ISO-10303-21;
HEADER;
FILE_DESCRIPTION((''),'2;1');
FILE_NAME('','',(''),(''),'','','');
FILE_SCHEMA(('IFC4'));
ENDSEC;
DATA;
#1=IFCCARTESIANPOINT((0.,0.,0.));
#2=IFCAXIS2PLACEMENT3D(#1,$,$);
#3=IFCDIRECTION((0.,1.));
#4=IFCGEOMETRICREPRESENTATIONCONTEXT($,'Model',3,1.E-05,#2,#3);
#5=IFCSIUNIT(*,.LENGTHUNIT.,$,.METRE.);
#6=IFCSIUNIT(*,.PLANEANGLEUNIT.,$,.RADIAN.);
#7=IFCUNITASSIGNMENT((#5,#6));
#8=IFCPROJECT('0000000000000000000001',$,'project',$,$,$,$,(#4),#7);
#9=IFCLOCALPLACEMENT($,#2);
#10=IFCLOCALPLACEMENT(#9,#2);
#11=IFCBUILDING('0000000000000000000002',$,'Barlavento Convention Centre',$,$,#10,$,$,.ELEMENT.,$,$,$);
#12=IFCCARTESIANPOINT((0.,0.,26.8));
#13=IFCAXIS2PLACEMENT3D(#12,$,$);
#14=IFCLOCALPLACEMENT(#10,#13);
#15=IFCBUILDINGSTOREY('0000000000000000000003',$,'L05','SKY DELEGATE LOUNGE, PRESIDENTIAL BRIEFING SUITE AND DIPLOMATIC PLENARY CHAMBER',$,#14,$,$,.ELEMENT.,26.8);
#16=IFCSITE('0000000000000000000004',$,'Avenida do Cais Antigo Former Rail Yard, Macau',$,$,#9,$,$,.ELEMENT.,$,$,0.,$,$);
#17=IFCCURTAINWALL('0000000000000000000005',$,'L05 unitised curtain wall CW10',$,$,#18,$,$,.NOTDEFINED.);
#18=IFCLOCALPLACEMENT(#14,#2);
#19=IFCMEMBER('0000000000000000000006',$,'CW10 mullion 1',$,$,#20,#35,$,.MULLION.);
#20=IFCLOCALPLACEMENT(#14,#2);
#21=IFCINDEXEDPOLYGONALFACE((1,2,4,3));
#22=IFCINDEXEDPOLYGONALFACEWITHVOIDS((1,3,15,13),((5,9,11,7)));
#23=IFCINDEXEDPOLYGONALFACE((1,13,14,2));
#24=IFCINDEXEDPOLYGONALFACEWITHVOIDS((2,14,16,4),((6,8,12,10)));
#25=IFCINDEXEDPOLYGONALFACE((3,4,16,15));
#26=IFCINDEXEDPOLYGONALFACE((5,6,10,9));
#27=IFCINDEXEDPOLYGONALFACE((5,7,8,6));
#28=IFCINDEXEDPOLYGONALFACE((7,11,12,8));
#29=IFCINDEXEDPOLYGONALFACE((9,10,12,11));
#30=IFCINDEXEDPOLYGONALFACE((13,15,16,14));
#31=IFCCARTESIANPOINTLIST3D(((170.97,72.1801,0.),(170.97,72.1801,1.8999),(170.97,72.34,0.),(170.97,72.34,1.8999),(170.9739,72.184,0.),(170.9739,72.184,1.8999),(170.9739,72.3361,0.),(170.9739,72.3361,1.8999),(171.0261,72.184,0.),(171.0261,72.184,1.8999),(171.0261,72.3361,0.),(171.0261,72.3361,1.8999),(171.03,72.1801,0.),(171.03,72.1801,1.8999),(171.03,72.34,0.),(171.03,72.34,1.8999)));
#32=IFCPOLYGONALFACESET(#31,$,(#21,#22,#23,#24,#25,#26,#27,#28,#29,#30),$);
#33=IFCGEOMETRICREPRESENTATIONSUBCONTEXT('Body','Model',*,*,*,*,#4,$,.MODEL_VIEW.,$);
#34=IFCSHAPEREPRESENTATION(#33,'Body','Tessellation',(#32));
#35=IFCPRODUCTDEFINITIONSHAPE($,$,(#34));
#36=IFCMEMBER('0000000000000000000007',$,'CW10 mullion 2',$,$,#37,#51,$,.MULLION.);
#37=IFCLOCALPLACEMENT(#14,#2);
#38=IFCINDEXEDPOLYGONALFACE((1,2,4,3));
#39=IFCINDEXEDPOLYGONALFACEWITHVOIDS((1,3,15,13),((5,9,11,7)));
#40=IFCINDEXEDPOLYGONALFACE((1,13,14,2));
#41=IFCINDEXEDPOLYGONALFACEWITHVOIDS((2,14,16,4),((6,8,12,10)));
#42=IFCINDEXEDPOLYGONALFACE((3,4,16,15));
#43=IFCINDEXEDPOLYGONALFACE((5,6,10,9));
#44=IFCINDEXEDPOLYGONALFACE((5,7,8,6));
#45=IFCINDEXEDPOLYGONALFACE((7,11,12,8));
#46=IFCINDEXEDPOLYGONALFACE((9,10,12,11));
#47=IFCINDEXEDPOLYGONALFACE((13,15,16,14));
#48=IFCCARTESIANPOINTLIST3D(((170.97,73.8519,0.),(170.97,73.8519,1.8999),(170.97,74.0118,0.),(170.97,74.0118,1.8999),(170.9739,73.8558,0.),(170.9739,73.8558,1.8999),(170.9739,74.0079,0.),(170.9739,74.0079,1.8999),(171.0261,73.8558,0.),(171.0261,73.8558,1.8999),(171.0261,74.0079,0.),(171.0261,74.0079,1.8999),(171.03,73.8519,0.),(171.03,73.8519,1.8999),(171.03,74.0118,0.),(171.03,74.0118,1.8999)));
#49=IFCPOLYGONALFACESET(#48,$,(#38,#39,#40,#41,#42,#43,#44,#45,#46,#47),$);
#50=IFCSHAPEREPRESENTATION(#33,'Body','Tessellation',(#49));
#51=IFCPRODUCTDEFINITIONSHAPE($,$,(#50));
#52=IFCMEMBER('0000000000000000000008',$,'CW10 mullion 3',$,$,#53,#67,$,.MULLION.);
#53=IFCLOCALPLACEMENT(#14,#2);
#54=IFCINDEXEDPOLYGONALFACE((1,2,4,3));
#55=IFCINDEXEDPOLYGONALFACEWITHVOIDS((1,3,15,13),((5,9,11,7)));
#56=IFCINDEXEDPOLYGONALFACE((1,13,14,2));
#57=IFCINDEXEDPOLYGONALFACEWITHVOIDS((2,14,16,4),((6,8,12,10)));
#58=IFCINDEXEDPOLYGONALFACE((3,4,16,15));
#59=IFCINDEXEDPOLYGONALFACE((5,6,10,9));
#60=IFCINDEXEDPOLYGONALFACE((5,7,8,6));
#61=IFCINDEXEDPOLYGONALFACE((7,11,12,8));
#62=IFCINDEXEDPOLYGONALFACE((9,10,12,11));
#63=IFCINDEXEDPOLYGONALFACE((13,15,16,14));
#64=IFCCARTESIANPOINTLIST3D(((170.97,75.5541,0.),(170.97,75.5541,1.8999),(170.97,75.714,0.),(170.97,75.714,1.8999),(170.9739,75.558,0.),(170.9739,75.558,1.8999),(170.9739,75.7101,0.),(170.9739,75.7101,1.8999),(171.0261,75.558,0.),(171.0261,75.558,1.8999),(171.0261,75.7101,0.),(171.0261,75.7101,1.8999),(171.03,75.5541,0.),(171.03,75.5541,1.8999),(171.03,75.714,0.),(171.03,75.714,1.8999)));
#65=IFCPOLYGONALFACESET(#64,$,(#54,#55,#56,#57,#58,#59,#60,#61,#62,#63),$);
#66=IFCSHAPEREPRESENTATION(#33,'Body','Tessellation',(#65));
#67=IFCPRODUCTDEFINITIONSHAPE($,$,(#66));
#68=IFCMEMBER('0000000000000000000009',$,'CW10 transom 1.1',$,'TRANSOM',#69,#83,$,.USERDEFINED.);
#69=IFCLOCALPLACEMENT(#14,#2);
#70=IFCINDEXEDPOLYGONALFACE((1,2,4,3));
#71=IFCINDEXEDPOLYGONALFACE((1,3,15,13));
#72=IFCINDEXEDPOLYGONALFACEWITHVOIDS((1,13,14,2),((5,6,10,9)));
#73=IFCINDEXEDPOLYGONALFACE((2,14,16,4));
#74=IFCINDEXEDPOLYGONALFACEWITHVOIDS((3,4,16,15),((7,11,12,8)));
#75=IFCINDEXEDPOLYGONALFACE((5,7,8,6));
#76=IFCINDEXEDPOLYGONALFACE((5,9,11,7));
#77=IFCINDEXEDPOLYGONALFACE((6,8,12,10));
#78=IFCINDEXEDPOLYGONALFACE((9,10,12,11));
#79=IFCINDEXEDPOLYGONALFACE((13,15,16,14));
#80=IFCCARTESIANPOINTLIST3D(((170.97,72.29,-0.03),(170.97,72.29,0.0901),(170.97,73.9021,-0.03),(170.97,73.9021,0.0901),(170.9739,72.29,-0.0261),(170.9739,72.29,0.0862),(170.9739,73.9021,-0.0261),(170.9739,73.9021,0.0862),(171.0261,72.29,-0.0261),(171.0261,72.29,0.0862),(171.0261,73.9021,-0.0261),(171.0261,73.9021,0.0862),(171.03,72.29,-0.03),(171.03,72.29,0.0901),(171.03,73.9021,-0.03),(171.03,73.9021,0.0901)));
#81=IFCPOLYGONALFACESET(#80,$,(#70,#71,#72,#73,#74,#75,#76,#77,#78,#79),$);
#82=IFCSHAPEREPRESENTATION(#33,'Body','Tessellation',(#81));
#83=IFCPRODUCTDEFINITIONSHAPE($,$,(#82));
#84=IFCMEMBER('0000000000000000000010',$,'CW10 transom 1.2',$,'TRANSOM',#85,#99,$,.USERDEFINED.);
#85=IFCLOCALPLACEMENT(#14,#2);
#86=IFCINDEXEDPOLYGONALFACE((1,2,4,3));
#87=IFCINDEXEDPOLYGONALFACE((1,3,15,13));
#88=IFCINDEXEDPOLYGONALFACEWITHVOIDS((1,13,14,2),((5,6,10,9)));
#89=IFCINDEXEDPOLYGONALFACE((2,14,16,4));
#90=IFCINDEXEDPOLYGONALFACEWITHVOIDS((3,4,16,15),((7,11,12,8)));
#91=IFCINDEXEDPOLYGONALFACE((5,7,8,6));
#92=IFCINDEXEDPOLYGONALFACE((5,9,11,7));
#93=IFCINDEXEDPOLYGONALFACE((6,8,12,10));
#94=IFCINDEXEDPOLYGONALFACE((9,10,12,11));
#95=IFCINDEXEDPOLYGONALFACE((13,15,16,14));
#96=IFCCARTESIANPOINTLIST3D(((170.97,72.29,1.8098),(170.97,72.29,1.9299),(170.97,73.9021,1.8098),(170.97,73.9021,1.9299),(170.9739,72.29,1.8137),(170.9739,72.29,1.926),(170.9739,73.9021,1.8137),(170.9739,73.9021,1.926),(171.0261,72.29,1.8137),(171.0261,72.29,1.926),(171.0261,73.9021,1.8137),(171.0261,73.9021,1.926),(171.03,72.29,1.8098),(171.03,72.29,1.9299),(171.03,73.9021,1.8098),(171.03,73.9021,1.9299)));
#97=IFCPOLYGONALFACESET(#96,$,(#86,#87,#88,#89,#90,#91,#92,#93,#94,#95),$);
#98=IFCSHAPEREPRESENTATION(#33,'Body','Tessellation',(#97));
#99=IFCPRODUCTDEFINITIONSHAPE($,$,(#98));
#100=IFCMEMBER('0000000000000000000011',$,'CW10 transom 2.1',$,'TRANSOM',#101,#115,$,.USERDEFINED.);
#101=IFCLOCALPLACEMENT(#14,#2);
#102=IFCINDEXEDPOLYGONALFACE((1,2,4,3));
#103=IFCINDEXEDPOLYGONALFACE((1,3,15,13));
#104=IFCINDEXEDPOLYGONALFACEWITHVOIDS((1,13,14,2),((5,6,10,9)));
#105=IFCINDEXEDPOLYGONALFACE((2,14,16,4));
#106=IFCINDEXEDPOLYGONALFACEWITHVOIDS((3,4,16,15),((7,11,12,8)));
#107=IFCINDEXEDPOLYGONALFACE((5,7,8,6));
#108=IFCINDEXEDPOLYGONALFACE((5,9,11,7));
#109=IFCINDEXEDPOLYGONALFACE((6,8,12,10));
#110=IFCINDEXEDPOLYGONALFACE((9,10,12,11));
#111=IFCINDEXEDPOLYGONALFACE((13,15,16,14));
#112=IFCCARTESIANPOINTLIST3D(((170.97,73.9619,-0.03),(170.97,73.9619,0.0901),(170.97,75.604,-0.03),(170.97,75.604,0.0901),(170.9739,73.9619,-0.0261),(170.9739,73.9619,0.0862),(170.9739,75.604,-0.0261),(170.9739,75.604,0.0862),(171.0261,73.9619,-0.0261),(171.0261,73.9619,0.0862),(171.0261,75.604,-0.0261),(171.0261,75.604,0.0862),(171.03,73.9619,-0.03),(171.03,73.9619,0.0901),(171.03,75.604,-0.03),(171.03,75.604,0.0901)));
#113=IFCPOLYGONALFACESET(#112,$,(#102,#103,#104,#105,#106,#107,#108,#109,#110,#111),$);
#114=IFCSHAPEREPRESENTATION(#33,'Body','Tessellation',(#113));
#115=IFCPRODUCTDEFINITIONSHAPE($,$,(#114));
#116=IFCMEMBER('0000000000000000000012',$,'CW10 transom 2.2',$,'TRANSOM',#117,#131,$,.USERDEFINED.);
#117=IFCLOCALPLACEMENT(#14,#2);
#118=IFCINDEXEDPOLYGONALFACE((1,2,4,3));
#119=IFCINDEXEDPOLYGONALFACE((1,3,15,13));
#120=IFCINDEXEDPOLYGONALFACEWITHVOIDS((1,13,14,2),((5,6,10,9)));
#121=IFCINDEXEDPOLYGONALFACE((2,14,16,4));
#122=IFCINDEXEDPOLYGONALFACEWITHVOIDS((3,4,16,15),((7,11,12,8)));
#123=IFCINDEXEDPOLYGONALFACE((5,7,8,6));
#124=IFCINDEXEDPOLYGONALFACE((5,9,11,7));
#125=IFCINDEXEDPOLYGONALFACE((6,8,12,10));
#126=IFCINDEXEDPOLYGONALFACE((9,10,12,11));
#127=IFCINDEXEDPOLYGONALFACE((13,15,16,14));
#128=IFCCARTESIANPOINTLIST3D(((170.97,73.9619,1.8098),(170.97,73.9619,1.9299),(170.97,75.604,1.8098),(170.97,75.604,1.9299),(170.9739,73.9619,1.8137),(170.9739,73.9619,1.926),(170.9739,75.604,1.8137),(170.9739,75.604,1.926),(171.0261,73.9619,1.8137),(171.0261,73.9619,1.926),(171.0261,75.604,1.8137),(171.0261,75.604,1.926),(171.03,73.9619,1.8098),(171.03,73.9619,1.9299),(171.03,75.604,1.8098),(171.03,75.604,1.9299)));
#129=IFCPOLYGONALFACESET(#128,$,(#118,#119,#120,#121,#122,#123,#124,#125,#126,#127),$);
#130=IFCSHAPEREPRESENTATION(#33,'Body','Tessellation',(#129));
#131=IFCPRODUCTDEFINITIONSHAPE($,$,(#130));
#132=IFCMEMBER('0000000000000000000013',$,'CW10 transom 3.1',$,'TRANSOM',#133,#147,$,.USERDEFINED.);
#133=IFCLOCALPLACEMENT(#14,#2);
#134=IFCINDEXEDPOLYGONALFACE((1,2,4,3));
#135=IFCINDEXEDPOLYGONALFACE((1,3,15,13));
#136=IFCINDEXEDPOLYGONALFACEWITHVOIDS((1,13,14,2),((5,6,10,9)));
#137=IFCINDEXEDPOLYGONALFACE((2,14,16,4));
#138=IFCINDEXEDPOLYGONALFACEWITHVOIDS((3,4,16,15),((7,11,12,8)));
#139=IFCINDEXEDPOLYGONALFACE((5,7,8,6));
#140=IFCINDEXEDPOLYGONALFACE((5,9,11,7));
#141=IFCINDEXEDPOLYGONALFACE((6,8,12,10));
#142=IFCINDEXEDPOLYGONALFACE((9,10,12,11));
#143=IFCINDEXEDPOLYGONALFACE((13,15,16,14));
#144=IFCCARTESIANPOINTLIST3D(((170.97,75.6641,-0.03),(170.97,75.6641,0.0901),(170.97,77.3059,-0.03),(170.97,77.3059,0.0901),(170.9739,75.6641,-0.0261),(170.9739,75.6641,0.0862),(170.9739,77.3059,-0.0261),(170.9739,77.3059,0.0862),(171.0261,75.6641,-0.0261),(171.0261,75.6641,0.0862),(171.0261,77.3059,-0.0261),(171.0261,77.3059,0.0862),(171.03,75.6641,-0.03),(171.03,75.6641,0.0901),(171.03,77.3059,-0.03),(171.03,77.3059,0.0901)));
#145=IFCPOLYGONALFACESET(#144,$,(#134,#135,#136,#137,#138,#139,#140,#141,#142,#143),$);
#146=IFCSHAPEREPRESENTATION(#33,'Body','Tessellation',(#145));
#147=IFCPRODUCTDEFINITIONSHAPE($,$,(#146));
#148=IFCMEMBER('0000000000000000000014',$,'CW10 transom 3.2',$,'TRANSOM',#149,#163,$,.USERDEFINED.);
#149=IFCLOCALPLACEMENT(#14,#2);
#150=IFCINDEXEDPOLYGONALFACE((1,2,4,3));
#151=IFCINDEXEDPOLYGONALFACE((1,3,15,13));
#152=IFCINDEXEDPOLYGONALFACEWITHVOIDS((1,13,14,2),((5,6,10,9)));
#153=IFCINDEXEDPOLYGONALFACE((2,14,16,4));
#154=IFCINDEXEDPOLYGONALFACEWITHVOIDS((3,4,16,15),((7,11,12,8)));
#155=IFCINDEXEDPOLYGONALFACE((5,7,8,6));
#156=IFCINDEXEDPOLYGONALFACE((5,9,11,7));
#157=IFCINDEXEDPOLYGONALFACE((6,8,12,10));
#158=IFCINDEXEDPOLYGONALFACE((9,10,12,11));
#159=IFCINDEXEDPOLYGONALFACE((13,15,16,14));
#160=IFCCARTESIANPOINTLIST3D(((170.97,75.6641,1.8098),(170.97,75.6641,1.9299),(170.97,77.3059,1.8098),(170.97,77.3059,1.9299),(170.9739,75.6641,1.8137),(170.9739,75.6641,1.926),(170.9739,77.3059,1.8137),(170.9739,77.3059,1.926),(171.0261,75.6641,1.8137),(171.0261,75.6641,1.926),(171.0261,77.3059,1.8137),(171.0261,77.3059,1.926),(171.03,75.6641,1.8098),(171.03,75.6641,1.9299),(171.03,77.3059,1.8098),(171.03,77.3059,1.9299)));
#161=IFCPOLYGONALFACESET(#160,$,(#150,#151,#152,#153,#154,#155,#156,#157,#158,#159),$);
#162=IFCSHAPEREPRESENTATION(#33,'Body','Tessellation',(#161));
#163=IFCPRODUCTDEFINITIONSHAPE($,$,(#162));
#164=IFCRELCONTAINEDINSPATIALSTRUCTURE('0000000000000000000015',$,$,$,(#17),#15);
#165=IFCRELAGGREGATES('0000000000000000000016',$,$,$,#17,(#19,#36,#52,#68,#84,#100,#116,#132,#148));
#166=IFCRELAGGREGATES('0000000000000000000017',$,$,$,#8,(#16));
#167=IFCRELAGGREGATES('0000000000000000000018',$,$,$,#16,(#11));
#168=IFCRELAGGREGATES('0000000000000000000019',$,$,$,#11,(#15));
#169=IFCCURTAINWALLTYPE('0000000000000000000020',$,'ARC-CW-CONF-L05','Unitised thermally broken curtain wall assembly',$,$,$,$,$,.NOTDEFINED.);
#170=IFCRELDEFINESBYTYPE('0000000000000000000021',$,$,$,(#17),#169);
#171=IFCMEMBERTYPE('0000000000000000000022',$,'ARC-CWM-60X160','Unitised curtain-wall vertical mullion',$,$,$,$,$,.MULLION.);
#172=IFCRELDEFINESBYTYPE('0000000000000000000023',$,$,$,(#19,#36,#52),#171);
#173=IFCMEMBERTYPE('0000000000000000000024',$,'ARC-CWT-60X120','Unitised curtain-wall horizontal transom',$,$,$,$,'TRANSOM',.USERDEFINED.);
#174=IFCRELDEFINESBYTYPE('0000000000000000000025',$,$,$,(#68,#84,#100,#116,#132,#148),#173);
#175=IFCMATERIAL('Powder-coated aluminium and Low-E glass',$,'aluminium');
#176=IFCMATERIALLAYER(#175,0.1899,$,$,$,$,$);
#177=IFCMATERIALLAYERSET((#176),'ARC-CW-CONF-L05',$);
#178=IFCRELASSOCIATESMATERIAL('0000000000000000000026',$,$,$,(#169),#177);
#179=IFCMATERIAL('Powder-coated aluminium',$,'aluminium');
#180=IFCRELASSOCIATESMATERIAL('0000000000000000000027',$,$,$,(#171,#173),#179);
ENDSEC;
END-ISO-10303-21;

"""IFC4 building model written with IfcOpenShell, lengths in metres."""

from ifc_helpers import new_model, si_unit, direction, frame, origin, origin_2d, place, context, subcontext, project, spatial, hollow_rectangle, extrude, material, layer, layer_set, material_profile, profile_set, type_object, element, aggregate, save


model = new_model("IFC4")

# Units and contexts
model_context = context("Model", 3, precision=1e-05, world=origin(), true_north=direction((0.0, 1.0)))
body_context = subcontext(model_context, "Body", "Model", "MODEL_VIEW")
ifc_project = project(units=[si_unit("LENGTHUNIT", "METRE"), si_unit("PLANEANGLEUNIT", "RADIAN")], contexts=[model_context])

# Site, building, storey
site_placement = place(None, origin())
site = spatial("IfcSite", under=ifc_project, at=site_placement, Name="Avenida do Cais Antigo Former Rail Yard, Macau", CompositionType="ELEMENT", RefElevation=0.0)
building_placement = place(site_placement, origin())
building = spatial("IfcBuilding", under=site, at=building_placement, Name="Barlavento Convention Centre", CompositionType="ELEMENT")
storey_placement = place(building_placement, frame((0.0, 0.0, 26.8)))
storey = spatial("IfcBuildingStorey", under=building, at=storey_placement, Name="L05", Description="SKY DELEGATE LOUNGE, PRESIDENTIAL BRIEFING SUITE AND DIPLOMATIC PLENARY CHAMBER", CompositionType="ELEMENT", Elevation=26.8)

# Curtain wall, members
ifc_material_1 = material(Name="Powder-coated aluminium and Low-E glass", Category="aluminium")
ifc_layer_1 = layer(ifc_material_1, 0.1899)
ifc_layer_set_1 = layer_set([ifc_layer_1], Name="ARC-CW-CONF-L05")
curtain_wall_type = type_object("IfcCurtainWallType", Name="ARC-CW-CONF-L05", Description="Unitised thermally broken curtain wall assembly", PredefinedType="NOTDEFINED", material=ifc_layer_set_1)
curtain_wall_placement = place(storey_placement, origin())
curtain_wall = element("IfcCurtainWall", 1, at=curtain_wall_placement, inside=storey, type_object=curtain_wall_type, Name="L05 unitised curtain wall CW10", PredefinedType="NOTDEFINED")
ifc_material_2 = material(Name="Powder-coated aluminium", Category="aluminium")
ifc_material_profile_1 = material_profile(ifc_material_2, hollow_rectangle(XDim=0.0601, YDim=0.1599, WallThickness=0.0039, at=origin_2d()), Name="AL-MULL 60x160x4")
ifc_profile_set_1 = profile_set([ifc_material_profile_1], Name="Powder-coated aluminium")
member_type_1 = type_object("IfcMemberType", Name="ARC-CWM-60X160", Description="Unitised curtain-wall vertical mullion", PredefinedType="MULLION", material=ifc_profile_set_1)
member_1_placement = place(storey_placement, frame((171.0, 72.26, 0.0), z_axis=(0.0, 0.0, 1.0), x_axis=(-1.0, 0.0, 0.0)))
member_1 = element("IfcMember", 2, at=member_1_placement, type_object=member_type_1, Name="CW10 mullion 1", PredefinedType="MULLION", context=body_context, shape_type="SweptSolid", body=[
    extrude(hollow_rectangle(XDim=0.0601, YDim=0.1599, WallThickness=0.0039, at=origin_2d()), origin(), (0.0, 0.0, 1.0), 1.8999),
])
member_2_placement = place(storey_placement, frame((171.0, 73.9319, 0.0), z_axis=(0.0, 0.0, 1.0), x_axis=(-1.0, 0.0, 0.0)))
member_2 = element("IfcMember", 3, at=member_2_placement, type_object=member_type_1, Name="CW10 mullion 2", PredefinedType="MULLION", context=body_context, shape_type="SweptSolid", body=[
    extrude(hollow_rectangle(XDim=0.0601, YDim=0.1599, WallThickness=0.0039, at=origin_2d()), origin(), (0.0, 0.0, 1.0), 1.8999),
])
member_3_placement = place(storey_placement, frame((171.0, 75.634, 0.0), z_axis=(0.0, 0.0, 1.0), x_axis=(-1.0, 0.0, 0.0)))
member_3 = element("IfcMember", 4, at=member_3_placement, type_object=member_type_1, Name="CW10 mullion 3", PredefinedType="MULLION", context=body_context, shape_type="SweptSolid", body=[
    extrude(hollow_rectangle(XDim=0.0601, YDim=0.1599, WallThickness=0.0039, at=origin_2d()), origin(), (0.0, 0.0, 1.0), 1.8999),
])
ifc_material_profile_2 = material_profile(ifc_material_2, hollow_rectangle(XDim=0.0601, YDim=0.1201, WallThickness=0.0039, at=origin_2d()), Name="AL-TRAN 60x120x4")
ifc_profile_set_2 = profile_set([ifc_material_profile_2], Name="Powder-coated aluminium")
member_type_2 = type_object("IfcMemberType", Name="ARC-CWT-60X120", Description="Unitised curtain-wall horizontal transom", ElementType="TRANSOM", PredefinedType="USERDEFINED", material=ifc_profile_set_2)
member_4_placement = place(storey_placement, frame((171.0, 72.29, 0.03), z_axis=(0.0, 1.0, 0.0), x_axis=(-1.0, 0.0, 0.0)))
member_4 = element("IfcMember", 5, at=member_4_placement, type_object=member_type_2, Name="CW10 transom 1.1", ObjectType="TRANSOM", PredefinedType="USERDEFINED", context=body_context, shape_type="SweptSolid", body=[
    extrude(hollow_rectangle(XDim=0.0601, YDim=0.1201, WallThickness=0.0039, at=origin_2d()), origin(), (0.0, 0.0, 1.0), 1.6121),
])
member_5_placement = place(storey_placement, frame((171.0, 72.29, 1.8699), z_axis=(0.0, 1.0, 0.0), x_axis=(-1.0, 0.0, 0.0)))
member_5 = element("IfcMember", 6, at=member_5_placement, type_object=member_type_2, Name="CW10 transom 1.2", ObjectType="TRANSOM", PredefinedType="USERDEFINED", context=body_context, shape_type="SweptSolid", body=[
    extrude(hollow_rectangle(XDim=0.0601, YDim=0.1201, WallThickness=0.0039, at=origin_2d()), origin(), (0.0, 0.0, 1.0), 1.6121),
])
member_6_placement = place(storey_placement, frame((171.0, 73.9619, 0.03), z_axis=(0.0, 1.0, 0.0), x_axis=(-1.0, 0.0, 0.0)))
member_6 = element("IfcMember", 7, at=member_6_placement, type_object=member_type_2, Name="CW10 transom 2.1", ObjectType="TRANSOM", PredefinedType="USERDEFINED", context=body_context, shape_type="SweptSolid", body=[
    extrude(hollow_rectangle(XDim=0.0601, YDim=0.1201, WallThickness=0.0039, at=origin_2d()), origin(), (0.0, 0.0, 1.0), 1.6421),
])
member_7_placement = place(storey_placement, frame((171.0, 73.9619, 1.8699), z_axis=(0.0, 1.0, 0.0), x_axis=(-1.0, 0.0, 0.0)))
member_7 = element("IfcMember", 8, at=member_7_placement, type_object=member_type_2, Name="CW10 transom 2.2", ObjectType="TRANSOM", PredefinedType="USERDEFINED", context=body_context, shape_type="SweptSolid", body=[
    extrude(hollow_rectangle(XDim=0.0601, YDim=0.1201, WallThickness=0.0039, at=origin_2d()), origin(), (0.0, 0.0, 1.0), 1.6421),
])
member_8_placement = place(storey_placement, frame((171.0, 75.6641, 0.03), z_axis=(0.0, 1.0, 0.0), x_axis=(-1.0, 0.0, 0.0)))
member_8 = element("IfcMember", 9, at=member_8_placement, type_object=member_type_2, Name="CW10 transom 3.1", ObjectType="TRANSOM", PredefinedType="USERDEFINED", context=body_context, shape_type="SweptSolid", body=[
    extrude(hollow_rectangle(XDim=0.0601, YDim=0.1201, WallThickness=0.0039, at=origin_2d()), origin(), (0.0, 0.0, 1.0), 1.6418),
])
member_9_placement = place(storey_placement, frame((171.0, 75.6641, 1.8699), z_axis=(0.0, 1.0, 0.0), x_axis=(-1.0, 0.0, 0.0)))
member_9 = element("IfcMember", 10, at=member_9_placement, type_object=member_type_2, Name="CW10 transom 3.2", ObjectType="TRANSOM", PredefinedType="USERDEFINED", context=body_context, shape_type="SweptSolid", body=[
    extrude(hollow_rectangle(XDim=0.0601, YDim=0.1201, WallThickness=0.0039, at=origin_2d()), origin(), (0.0, 0.0, 1.0), 1.6418),
])

aggregate(curtain_wall, [member_1, member_2, member_3, member_4, member_5, member_6, member_7, member_8, member_9])

save(model, "model.ifc")
